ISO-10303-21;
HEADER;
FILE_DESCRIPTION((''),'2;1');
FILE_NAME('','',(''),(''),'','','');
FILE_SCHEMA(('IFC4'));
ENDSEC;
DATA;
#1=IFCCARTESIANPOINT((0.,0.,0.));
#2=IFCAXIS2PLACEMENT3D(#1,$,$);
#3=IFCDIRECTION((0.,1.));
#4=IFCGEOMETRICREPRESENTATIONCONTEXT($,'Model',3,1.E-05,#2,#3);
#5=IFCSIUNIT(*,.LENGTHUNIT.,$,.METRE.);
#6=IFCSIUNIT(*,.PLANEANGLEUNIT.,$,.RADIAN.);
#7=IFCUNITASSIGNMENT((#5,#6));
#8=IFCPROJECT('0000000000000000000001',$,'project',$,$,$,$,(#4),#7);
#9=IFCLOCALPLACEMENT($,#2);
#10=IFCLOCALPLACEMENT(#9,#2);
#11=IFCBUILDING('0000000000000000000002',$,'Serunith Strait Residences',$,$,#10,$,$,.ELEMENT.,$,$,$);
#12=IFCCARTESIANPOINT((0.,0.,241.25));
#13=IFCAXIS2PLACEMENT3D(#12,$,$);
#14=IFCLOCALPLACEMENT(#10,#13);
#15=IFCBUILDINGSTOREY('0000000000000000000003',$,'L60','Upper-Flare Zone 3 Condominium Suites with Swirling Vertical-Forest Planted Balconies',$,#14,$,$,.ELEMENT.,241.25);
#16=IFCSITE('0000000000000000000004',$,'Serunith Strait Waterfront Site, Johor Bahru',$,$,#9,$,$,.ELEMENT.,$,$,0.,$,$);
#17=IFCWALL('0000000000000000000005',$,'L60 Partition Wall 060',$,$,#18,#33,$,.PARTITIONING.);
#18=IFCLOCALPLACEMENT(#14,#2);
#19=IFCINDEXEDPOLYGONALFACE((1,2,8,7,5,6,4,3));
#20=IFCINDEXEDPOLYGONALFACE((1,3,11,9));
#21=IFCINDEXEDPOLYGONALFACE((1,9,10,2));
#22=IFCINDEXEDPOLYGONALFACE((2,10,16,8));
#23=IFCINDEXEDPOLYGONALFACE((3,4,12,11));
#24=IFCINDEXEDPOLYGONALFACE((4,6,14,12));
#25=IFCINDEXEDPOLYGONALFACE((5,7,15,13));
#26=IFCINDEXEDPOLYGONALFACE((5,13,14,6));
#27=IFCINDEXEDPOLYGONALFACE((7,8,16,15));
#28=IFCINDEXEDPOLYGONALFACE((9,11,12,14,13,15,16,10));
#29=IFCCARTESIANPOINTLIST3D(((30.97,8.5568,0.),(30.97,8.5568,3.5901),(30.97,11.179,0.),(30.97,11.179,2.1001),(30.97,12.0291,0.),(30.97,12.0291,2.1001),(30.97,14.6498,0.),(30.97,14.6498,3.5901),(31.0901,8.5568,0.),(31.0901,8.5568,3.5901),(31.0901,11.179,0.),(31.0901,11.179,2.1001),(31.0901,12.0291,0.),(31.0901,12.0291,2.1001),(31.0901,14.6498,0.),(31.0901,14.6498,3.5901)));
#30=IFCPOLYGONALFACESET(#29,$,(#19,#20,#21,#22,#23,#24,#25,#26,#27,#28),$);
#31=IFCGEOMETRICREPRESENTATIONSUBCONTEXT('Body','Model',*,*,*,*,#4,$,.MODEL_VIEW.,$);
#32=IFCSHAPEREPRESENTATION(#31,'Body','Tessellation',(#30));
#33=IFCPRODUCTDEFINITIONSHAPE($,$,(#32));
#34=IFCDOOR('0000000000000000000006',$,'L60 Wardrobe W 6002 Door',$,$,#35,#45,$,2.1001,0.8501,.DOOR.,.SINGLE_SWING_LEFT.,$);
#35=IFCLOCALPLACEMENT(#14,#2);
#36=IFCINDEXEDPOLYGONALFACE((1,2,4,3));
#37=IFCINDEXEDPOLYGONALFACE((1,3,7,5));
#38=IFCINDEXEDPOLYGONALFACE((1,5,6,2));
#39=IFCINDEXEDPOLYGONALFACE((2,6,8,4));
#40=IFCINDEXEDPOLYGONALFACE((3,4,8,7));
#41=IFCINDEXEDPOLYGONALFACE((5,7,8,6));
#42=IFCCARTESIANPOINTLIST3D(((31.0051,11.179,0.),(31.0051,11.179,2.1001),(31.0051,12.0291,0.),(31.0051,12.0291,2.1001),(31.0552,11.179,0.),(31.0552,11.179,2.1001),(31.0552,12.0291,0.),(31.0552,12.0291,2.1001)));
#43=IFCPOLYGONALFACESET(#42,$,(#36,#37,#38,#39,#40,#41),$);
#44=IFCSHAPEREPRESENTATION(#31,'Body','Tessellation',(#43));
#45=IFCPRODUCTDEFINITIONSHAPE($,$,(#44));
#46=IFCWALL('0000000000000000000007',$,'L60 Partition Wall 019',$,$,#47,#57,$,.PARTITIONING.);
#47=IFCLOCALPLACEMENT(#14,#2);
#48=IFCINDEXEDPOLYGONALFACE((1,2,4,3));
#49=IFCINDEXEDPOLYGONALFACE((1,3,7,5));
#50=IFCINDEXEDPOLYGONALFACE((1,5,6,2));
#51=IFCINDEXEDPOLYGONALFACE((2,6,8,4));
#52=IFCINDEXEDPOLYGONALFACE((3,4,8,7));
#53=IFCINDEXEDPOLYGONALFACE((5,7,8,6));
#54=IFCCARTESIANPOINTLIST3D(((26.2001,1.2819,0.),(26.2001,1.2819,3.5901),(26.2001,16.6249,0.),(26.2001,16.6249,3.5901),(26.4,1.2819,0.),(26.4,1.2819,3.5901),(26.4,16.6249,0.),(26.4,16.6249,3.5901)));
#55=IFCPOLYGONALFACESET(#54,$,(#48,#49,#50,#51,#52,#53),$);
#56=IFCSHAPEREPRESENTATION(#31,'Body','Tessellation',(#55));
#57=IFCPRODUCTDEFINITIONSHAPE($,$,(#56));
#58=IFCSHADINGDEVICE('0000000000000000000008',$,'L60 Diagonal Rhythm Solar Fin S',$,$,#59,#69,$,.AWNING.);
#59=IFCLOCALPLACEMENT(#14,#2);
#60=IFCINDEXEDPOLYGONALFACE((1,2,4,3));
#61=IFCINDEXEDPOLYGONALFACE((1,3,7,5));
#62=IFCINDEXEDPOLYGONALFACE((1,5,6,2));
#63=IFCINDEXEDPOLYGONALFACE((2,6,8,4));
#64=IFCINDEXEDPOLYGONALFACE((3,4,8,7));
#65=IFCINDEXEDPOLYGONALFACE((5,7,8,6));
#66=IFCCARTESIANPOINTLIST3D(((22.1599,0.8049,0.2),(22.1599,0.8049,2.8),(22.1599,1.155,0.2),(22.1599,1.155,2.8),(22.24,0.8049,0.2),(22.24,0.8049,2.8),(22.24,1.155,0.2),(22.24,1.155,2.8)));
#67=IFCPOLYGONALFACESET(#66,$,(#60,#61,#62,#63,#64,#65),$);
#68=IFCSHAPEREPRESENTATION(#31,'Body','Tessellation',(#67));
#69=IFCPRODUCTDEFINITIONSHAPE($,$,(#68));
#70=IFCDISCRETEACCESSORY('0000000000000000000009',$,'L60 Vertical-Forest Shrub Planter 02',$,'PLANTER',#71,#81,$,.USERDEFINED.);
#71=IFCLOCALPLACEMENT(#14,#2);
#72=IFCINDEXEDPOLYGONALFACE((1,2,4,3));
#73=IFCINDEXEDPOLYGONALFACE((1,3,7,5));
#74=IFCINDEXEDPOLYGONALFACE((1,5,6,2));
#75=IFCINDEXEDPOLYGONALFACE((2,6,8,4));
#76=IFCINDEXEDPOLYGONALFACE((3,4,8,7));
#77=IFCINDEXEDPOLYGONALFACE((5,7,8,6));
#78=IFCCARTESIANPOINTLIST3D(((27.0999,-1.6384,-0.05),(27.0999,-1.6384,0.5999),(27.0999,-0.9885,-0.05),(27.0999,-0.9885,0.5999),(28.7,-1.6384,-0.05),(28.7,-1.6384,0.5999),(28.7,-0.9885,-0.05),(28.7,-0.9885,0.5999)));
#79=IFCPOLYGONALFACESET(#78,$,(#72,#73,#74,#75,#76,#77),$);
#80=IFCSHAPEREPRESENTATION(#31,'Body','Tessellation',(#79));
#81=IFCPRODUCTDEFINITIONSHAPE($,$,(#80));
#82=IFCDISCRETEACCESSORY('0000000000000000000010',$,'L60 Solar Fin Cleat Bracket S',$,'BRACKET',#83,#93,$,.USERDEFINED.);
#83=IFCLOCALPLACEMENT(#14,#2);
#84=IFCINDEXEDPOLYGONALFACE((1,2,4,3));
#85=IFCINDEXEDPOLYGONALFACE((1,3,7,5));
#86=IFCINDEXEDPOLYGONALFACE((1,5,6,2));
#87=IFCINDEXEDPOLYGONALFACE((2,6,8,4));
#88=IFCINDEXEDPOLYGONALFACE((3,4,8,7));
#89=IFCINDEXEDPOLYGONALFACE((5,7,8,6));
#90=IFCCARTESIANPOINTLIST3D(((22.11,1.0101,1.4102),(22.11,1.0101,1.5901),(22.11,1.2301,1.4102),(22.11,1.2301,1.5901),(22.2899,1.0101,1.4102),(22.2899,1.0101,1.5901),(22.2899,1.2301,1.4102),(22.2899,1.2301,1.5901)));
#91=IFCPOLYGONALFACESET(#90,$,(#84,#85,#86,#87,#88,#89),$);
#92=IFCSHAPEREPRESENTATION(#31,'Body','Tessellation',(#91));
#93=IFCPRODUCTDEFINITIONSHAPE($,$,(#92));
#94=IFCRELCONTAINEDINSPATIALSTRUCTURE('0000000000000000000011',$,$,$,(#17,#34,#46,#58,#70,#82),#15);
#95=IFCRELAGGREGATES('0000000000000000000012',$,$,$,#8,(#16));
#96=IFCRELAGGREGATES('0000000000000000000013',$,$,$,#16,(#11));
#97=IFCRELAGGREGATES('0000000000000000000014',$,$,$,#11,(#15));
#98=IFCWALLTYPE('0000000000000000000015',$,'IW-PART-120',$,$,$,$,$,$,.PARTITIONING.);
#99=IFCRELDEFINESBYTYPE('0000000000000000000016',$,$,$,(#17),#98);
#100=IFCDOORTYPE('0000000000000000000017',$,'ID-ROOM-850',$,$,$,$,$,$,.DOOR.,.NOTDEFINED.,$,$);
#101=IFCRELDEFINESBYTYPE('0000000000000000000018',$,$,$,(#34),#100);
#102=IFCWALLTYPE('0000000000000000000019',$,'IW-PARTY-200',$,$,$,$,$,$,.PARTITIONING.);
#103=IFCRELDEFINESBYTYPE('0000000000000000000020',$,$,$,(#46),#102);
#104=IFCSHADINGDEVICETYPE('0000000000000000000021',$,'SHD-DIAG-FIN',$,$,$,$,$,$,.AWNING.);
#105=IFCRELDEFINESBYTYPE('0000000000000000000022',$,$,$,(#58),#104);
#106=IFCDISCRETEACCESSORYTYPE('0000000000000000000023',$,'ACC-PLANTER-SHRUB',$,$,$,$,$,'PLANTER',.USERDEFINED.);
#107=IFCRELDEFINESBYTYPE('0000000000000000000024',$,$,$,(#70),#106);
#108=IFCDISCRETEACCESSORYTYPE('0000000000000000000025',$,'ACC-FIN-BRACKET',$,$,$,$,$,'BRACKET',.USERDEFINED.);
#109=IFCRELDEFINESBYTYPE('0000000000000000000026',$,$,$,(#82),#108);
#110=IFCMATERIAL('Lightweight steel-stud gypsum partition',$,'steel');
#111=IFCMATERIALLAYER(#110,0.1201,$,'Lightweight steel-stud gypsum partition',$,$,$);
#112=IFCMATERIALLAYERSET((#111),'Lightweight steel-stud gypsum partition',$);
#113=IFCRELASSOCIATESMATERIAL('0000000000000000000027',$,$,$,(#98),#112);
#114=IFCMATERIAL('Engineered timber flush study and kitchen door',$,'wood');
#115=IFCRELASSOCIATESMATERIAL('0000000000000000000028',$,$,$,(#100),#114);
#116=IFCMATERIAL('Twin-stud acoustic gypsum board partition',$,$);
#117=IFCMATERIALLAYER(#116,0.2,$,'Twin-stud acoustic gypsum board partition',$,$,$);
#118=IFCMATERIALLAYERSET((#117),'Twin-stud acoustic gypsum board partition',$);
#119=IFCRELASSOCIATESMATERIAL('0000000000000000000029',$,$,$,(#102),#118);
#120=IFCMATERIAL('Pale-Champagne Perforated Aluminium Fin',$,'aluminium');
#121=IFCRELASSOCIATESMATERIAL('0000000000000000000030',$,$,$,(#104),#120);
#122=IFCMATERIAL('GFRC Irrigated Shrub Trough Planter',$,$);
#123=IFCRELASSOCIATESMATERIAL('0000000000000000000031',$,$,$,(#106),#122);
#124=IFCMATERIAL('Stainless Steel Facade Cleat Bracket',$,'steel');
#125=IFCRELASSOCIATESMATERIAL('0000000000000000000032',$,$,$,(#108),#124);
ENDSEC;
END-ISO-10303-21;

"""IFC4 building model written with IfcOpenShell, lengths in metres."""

from ifc_helpers import new_model, si_unit, direction, frame, frame_2d, origin, origin_2d, place, context, subcontext, project, spatial, rectangle, extrude, source, transform, mapped, material, layer, layer_set, type_object, element, fill, save


model = new_model("IFC4")

# Units and contexts
model_context = context("Model", 3, precision=1e-05, world=origin(), true_north=direction((0.0, 1.0)))
body_context = subcontext(model_context, "Body", "Model", "MODEL_VIEW")
ifc_project = project(units=[si_unit("LENGTHUNIT", "METRE"), si_unit("PLANEANGLEUNIT", "RADIAN")], contexts=[model_context])

# Site, building, storey
site_placement = place(None, origin())
site = spatial("IfcSite", under=ifc_project, at=site_placement, Name="Serunith Strait Waterfront Site, Johor Bahru", CompositionType="ELEMENT", RefElevation=0.0)
building_placement = place(site_placement, origin())
building = spatial("IfcBuilding", under=site, at=building_placement, Name="Serunith Strait Residences", CompositionType="ELEMENT")
storey_placement = place(building_placement, frame((0.0, 0.0, 241.25)))
storey = spatial("IfcBuildingStorey", under=building, at=storey_placement, Name="L60", Description="Upper-Flare Zone 3 Condominium Suites with Swirling Vertical-Forest Planted Balconies", CompositionType="ELEMENT", Elevation=241.25)

# Shared definitions
ifc_material_1 = material(Name="Lightweight steel-stud gypsum partition", Category="steel")
ifc_layer_1 = layer(ifc_material_1, 0.1201, Name="Lightweight steel-stud gypsum partition")
ifc_layer_set_1 = layer_set([ifc_layer_1], Name="Lightweight steel-stud gypsum partition")
wall_type_1 = type_object("IfcWallType", Name="IW-PART-120", PredefinedType="PARTITIONING", material=ifc_layer_set_1)

# Wall, opening, door
shared_shape_1 = source(origin(), body_context, "Body", "SweptSolid", [
    extrude(rectangle(XDim=0.8501, YDim=2.1001, at=frame_2d((0.425, 1.05))), frame((0.0, 0.0249, 0.0), z_axis=(0.0, -1.0, 0.0), x_axis=(1.0, 0.0, 0.0)), (0.0, 0.0, 1.0), 0.05),
])
wall_1_placement = place(storey_placement, frame((31.03, 8.5569, 0.0), z_axis=(0.0, 0.0, 1.0), x_axis=(0.0, 1.0, 0.0)))
wall_1 = element("IfcWall", 1, at=wall_1_placement, inside=storey, type_object=wall_type_1, Name="L60 Partition Wall 060", PredefinedType="PARTITIONING", context=body_context, shape_type="SweptSolid", body=[
    extrude(rectangle(XDim=6.093, YDim=0.1201, at=frame_2d((3.0464, 0.0))), origin(), (0.0, 0.0, 1.0), 3.5901),
])
opening_1_placement = place(wall_1_placement, frame((2.6221, 0.0, 0.0)))
opening_1 = element("IfcOpeningElement", 2, at=opening_1_placement, cuts=wall_1, PredefinedType="OPENING", context=body_context, shape_type="SweptSolid", body=[
    extrude(rectangle(XDim=0.8501, YDim=2.1001, at=frame_2d((0.425, 1.05))), frame((0.0, 0.0701, 0.0), z_axis=(0.0, -1.0, 0.0), x_axis=(1.0, 0.0, 0.0)), (0.0, 0.0, 1.0), 0.1401),
])
ifc_material_2 = material(Name="Engineered timber flush study and kitchen door", Category="wood")
door_type_1 = type_object("IfcDoorType", Name="ID-ROOM-850", OperationType="NOTDEFINED", PredefinedType="DOOR", material=ifc_material_2)
door_1_placement = place(opening_1_placement, origin())
door_1 = element("IfcDoor", 3, at=door_1_placement, inside=storey, type_object=door_type_1, Name="L60 Wardrobe W 6002 Door", OperationType="SINGLE_SWING_LEFT", OverallHeight=2.1001, OverallWidth=0.8501, PredefinedType="DOOR", context=body_context, shape_type="MappedRepresentation", body=[
    mapped(shared_shape_1, transform((0.0, 0.0, 0.0), scale=1.0)),
])
fill(opening_1, door_1)

# Wall
ifc_material_3 = material(Name="Twin-stud acoustic gypsum board partition")
ifc_layer_2 = layer(ifc_material_3, 0.2, Name="Twin-stud acoustic gypsum board partition")
ifc_layer_set_2 = layer_set([ifc_layer_2], Name="Twin-stud acoustic gypsum board partition")
wall_type_2 = type_object("IfcWallType", Name="IW-PARTY-200", PredefinedType="PARTITIONING", material=ifc_layer_set_2)
wall_2_placement = place(storey_placement, frame((26.3, 1.282, 0.0), z_axis=(0.0, 0.0, 1.0), x_axis=(0.0, 1.0, 0.0)))
element("IfcWall", 4, at=wall_2_placement, inside=storey, type_object=wall_type_2, Name="L60 Partition Wall 019", PredefinedType="PARTITIONING", context=body_context, shape_type="SweptSolid", body=[
    extrude(rectangle(XDim=15.343, YDim=0.2, at=frame_2d((7.6714, 0.0))), origin(), (0.0, 0.0, 1.0), 3.5901),
])

# Shading device
ifc_material_4 = material(Name="Pale-Champagne Perforated Aluminium Fin", Category="aluminium")
shading_device_type = type_object("IfcShadingDeviceType", Name="SHD-DIAG-FIN", PredefinedType="AWNING", material=ifc_material_4)
shared_shape_2 = source(origin(), body_context, "Body", "SweptSolid", [
    extrude(rectangle(XDim=0.0801, YDim=0.3501, at=origin_2d()), origin(), (0.0, 0.0, 1.0), 2.6001),
])
shading_device_placement = place(storey_placement, frame((22.2, 0.98, 0.2), z_axis=(0.0, 0.0, 1.0), x_axis=(1.0, 0.0, 0.0)))
element("IfcShadingDevice", 5, at=shading_device_placement, inside=storey, type_object=shading_device_type, Name="L60 Diagonal Rhythm Solar Fin S", PredefinedType="AWNING", context=body_context, shape_type="MappedRepresentation", body=[
    mapped(shared_shape_2, transform((0.0, 0.0, 0.0), scale=1.0)),
])

# Discrete accessories
ifc_material_5 = material(Name="GFRC Irrigated Shrub Trough Planter")
discrete_accessory_type_1 = type_object("IfcDiscreteAccessoryType", Name="ACC-PLANTER-SHRUB", ElementType="PLANTER", PredefinedType="USERDEFINED", material=ifc_material_5)
shared_shape_3 = source(origin(), body_context, "Body", "SweptSolid", [
    extrude(rectangle(XDim=1.6001, YDim=0.6499, at=origin_2d()), origin(), (0.0, 0.0, 1.0), 0.6499),
])
discrete_accessory_1_placement = place(storey_placement, frame((27.8999, -1.3135, -0.05), z_axis=(0.0, 0.0, 1.0), x_axis=(1.0, 0.0, 0.0)))
element("IfcDiscreteAccessory", 6, at=discrete_accessory_1_placement, inside=storey, type_object=discrete_accessory_type_1, Name="L60 Vertical-Forest Shrub Planter 02", ObjectType="PLANTER", PredefinedType="USERDEFINED", context=body_context, shape_type="MappedRepresentation", body=[
    mapped(shared_shape_3, transform((0.0, 0.0, 0.0), scale=1.0)),
])
ifc_material_6 = material(Name="Stainless Steel Facade Cleat Bracket", Category="steel")
discrete_accessory_type_2 = type_object("IfcDiscreteAccessoryType", Name="ACC-FIN-BRACKET", ElementType="BRACKET", PredefinedType="USERDEFINED", material=ifc_material_6)
shared_shape_4 = source(origin(), body_context, "Body", "SweptSolid", [
    extrude(rectangle(XDim=0.1799, YDim=0.22, at=origin_2d()), origin(), (0.0, 0.0, 1.0), 0.1799),
])
discrete_accessory_2_placement = place(storey_placement, frame((22.2, 1.1201, 1.4102), z_axis=(0.0, 0.0, 1.0), x_axis=(1.0, 0.0, 0.0)))
element("IfcDiscreteAccessory", 7, at=discrete_accessory_2_placement, inside=storey, type_object=discrete_accessory_type_2, Name="L60 Solar Fin Cleat Bracket S", ObjectType="BRACKET", PredefinedType="USERDEFINED", context=body_context, shape_type="MappedRepresentation", body=[
    mapped(shared_shape_4, transform((0.0, 0.0, 0.0), scale=1.0)),
])

save(model, "model.ifc")
